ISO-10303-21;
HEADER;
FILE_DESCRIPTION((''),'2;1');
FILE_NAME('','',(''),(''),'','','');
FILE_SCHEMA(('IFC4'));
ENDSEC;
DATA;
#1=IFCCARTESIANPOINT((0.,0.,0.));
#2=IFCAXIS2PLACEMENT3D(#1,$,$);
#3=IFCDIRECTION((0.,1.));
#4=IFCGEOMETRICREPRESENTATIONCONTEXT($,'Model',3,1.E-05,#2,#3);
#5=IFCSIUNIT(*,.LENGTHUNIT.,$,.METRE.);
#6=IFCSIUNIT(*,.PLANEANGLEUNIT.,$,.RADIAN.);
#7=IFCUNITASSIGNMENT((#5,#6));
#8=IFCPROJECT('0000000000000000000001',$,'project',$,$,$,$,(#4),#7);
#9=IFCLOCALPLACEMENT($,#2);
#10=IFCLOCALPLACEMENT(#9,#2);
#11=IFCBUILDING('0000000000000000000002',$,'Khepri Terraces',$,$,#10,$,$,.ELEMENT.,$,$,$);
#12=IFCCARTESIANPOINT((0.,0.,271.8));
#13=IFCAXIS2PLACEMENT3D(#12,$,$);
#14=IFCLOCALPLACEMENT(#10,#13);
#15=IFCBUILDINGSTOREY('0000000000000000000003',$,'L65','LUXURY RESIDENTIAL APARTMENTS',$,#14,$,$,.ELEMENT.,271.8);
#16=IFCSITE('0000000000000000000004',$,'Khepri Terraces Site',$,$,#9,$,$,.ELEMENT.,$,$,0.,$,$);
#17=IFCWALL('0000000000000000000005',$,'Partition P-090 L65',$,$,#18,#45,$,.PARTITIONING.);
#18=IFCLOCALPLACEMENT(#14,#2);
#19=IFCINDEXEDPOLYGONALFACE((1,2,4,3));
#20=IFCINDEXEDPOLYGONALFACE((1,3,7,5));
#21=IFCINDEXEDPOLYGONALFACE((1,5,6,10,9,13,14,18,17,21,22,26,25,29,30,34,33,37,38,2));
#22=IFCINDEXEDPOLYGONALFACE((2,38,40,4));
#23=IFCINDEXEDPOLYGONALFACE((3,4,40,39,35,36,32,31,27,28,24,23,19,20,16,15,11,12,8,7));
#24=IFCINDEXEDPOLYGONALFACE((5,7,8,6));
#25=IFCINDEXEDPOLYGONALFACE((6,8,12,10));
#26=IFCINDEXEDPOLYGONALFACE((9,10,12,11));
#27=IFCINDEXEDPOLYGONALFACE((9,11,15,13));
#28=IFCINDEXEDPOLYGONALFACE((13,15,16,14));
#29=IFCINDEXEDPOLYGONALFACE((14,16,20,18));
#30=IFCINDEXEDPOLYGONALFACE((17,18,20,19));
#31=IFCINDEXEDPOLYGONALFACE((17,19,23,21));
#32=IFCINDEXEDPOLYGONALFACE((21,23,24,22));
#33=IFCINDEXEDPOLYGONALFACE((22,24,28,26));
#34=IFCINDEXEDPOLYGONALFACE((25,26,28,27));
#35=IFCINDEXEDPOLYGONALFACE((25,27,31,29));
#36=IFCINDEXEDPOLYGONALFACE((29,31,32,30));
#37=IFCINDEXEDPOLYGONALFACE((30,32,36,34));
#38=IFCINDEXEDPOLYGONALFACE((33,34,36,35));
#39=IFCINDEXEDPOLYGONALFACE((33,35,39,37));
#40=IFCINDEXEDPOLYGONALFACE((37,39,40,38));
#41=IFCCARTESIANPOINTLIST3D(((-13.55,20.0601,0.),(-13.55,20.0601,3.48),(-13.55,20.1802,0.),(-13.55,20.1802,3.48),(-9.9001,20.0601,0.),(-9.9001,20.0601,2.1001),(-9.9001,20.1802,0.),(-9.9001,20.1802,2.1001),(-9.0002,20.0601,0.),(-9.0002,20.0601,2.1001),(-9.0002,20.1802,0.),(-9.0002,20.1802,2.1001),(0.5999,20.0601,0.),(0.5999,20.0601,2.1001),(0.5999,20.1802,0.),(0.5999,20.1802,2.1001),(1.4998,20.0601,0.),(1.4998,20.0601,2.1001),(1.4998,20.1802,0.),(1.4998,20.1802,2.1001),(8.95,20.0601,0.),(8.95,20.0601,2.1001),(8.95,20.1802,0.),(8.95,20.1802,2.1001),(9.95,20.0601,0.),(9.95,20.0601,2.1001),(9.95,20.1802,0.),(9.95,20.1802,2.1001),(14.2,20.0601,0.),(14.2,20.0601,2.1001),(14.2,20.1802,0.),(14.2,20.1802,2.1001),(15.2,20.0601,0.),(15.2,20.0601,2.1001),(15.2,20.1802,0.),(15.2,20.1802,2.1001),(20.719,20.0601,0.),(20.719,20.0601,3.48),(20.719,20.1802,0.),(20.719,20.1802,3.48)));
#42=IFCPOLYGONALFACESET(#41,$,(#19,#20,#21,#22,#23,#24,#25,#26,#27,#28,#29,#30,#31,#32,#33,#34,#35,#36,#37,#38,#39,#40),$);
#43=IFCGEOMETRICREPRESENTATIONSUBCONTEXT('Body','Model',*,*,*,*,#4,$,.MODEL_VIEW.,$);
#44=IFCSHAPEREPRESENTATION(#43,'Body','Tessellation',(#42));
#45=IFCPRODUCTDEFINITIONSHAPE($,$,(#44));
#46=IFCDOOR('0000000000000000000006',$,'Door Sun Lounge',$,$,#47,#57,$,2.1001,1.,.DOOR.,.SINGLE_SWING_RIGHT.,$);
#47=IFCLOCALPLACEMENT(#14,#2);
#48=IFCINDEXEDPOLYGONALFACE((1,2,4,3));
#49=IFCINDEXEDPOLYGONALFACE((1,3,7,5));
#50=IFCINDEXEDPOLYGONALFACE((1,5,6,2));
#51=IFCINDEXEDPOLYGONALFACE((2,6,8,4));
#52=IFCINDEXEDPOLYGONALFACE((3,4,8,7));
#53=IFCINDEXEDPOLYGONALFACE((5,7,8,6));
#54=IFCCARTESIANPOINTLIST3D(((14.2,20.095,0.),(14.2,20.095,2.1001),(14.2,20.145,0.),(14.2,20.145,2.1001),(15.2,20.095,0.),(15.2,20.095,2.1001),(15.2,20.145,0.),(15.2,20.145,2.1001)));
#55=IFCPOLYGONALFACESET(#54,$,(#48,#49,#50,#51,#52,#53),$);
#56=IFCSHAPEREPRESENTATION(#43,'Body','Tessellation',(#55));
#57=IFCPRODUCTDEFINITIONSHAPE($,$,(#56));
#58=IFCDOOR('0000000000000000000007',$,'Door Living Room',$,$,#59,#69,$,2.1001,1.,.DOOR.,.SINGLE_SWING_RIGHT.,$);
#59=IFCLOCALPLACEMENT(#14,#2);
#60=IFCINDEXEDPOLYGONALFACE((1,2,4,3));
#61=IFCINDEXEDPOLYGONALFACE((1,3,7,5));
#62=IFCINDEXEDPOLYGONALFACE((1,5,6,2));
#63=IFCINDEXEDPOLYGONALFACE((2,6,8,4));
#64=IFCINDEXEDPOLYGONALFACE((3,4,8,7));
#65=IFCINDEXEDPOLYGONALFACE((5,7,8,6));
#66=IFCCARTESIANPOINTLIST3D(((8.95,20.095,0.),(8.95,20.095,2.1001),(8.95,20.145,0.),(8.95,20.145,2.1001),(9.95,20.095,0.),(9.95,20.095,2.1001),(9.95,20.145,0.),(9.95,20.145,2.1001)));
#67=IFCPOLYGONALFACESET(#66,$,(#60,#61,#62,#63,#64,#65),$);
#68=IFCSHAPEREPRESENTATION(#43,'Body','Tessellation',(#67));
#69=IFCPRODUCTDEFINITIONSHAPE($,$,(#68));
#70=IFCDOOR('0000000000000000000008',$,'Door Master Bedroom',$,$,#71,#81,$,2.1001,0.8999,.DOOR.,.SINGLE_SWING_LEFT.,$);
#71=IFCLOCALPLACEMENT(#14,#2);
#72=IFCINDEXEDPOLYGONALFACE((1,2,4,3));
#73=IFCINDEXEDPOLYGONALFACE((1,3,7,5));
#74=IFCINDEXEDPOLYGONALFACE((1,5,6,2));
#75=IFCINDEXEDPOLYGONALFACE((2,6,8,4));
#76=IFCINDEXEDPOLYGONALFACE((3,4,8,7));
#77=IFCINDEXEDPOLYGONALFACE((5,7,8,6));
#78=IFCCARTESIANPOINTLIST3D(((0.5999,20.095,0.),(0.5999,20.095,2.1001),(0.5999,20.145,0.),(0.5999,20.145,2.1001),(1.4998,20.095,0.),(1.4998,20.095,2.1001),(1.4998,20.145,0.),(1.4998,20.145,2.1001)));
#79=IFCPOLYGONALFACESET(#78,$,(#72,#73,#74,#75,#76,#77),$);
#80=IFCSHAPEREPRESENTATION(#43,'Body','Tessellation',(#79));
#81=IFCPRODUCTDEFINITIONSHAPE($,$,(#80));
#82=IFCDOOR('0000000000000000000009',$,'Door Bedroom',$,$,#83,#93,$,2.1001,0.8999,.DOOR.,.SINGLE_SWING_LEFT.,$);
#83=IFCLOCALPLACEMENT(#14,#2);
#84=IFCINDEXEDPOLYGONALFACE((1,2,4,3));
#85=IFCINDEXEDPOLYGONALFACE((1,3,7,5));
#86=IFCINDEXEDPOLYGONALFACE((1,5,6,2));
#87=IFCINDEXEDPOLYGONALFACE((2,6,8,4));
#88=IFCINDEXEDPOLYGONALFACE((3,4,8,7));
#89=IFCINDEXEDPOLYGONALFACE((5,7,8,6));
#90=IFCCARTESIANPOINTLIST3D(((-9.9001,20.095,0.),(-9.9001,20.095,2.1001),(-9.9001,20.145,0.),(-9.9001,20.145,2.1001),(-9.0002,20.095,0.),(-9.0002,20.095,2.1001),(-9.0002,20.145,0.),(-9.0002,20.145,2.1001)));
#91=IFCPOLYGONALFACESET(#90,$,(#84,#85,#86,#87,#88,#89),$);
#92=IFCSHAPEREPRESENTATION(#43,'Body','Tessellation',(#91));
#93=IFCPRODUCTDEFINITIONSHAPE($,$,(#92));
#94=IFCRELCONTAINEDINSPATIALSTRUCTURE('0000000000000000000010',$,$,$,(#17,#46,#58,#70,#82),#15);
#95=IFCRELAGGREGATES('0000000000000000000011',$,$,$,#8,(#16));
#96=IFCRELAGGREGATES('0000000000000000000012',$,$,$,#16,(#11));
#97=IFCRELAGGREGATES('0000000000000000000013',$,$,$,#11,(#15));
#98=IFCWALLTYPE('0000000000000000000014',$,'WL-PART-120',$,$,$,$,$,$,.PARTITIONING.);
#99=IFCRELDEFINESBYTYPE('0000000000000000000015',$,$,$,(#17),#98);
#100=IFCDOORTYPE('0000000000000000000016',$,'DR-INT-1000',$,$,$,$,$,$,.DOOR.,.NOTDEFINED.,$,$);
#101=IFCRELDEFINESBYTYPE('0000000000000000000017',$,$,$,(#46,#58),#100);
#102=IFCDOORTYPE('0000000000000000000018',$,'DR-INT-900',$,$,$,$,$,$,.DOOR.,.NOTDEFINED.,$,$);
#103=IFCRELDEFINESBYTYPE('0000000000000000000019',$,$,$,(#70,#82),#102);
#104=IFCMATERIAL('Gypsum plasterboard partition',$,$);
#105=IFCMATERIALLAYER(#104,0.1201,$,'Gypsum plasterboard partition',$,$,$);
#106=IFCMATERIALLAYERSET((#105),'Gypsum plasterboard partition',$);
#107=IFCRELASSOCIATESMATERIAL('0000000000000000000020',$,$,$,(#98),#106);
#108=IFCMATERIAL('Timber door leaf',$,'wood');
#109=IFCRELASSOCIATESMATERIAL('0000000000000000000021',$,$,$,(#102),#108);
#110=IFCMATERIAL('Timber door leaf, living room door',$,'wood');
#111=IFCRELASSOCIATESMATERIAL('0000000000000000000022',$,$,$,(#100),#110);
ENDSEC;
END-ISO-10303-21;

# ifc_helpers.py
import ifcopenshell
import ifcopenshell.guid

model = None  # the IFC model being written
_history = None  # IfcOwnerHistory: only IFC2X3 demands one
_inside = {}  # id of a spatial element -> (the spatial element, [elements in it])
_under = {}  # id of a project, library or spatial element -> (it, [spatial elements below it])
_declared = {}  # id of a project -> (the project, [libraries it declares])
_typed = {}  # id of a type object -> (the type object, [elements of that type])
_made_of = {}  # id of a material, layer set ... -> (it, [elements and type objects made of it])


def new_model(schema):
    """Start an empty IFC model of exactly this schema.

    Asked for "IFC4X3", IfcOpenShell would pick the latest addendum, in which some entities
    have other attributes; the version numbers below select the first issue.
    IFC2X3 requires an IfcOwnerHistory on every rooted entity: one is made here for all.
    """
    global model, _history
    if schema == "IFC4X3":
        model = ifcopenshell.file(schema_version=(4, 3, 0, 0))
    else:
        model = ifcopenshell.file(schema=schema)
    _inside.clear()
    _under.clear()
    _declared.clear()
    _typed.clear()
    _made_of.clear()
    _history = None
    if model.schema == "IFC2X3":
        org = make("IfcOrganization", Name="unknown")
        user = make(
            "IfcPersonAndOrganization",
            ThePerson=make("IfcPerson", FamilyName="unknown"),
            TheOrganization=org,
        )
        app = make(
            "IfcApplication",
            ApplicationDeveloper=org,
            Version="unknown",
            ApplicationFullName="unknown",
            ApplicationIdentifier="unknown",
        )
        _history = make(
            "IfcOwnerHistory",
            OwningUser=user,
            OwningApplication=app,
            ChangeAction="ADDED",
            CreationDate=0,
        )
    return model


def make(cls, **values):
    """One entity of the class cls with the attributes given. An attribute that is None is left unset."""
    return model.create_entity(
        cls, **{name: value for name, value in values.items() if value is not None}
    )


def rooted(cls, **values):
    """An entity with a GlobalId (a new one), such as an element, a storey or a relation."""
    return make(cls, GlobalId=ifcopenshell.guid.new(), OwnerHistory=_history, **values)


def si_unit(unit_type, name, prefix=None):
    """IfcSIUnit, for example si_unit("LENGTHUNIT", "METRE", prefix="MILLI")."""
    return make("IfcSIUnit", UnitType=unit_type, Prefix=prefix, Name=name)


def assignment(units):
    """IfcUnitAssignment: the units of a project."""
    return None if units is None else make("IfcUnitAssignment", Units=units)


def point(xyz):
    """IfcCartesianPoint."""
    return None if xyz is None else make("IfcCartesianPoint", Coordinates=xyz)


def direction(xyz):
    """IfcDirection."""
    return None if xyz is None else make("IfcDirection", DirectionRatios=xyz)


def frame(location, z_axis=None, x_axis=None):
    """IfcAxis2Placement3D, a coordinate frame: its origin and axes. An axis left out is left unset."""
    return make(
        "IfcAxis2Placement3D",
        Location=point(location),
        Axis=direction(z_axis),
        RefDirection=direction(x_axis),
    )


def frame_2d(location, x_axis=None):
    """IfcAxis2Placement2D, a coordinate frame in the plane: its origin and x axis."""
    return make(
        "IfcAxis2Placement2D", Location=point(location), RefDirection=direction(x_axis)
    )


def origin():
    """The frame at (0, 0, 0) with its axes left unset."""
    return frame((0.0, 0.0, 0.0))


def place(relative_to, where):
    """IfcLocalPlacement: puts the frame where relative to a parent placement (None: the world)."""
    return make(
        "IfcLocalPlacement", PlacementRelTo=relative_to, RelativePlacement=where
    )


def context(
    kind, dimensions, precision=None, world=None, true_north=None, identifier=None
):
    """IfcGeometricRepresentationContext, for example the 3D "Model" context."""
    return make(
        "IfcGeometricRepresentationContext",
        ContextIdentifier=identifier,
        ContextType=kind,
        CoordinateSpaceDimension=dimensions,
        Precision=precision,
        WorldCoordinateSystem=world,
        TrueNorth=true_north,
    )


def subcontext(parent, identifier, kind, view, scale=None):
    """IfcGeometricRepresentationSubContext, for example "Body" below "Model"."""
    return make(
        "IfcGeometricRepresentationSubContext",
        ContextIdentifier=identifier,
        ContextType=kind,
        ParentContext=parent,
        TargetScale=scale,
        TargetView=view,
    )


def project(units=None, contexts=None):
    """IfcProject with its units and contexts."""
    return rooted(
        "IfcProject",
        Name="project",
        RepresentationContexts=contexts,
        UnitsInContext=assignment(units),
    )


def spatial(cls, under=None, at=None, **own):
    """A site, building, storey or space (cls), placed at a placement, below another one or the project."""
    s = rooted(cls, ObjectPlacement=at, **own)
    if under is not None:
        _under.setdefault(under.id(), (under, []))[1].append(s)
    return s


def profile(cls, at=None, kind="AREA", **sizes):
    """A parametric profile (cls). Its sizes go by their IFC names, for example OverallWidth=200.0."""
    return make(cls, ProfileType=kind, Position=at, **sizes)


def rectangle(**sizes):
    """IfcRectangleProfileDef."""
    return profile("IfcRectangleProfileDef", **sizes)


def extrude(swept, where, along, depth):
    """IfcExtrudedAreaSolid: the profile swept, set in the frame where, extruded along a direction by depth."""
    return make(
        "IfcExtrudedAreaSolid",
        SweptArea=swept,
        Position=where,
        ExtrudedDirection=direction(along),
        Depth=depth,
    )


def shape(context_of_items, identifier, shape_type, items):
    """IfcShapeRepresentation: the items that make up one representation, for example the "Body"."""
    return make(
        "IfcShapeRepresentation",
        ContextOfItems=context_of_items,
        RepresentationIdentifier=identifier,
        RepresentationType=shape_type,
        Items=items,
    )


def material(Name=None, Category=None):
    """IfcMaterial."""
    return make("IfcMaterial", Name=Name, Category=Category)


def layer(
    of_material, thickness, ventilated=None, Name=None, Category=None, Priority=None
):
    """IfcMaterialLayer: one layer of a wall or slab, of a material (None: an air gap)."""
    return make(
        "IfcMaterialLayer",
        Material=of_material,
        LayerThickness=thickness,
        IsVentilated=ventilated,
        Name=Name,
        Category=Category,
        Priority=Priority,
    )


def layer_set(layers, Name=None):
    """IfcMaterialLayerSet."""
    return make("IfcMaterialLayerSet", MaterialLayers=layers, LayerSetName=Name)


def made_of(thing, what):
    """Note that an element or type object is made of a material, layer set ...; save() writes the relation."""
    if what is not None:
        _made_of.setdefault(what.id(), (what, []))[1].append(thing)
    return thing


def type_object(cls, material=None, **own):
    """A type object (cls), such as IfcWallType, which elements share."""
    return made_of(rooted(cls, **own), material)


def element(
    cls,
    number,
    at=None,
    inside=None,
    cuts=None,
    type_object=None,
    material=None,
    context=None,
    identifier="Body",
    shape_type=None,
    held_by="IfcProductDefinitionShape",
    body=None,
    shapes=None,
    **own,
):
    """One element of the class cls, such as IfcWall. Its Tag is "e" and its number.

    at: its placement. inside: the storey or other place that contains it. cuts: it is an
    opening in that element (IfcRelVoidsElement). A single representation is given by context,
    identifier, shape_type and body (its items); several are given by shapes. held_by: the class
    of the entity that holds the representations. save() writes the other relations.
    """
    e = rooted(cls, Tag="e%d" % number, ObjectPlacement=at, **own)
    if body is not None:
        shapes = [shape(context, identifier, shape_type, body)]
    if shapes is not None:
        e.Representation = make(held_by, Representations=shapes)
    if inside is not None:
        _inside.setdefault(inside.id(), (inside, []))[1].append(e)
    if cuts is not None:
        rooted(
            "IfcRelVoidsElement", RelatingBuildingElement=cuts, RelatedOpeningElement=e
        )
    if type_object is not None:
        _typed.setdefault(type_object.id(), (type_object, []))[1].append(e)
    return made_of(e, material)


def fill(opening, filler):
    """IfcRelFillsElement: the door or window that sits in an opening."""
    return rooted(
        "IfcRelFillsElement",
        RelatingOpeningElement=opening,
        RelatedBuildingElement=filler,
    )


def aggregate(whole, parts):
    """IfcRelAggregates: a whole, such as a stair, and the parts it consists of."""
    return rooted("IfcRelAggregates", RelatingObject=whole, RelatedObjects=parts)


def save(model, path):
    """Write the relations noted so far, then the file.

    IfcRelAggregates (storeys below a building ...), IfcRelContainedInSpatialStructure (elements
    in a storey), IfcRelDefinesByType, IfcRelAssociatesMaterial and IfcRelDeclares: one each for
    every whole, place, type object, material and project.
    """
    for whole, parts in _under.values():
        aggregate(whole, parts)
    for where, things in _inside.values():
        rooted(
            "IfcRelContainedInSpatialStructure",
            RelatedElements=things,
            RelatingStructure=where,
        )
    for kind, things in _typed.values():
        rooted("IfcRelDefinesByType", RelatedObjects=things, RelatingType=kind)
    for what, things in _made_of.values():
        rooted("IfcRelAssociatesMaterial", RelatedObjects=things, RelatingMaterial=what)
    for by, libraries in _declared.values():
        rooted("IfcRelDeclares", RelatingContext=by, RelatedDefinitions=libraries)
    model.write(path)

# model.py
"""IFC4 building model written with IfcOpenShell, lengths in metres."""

from ifc_helpers import new_model, si_unit, direction, frame, frame_2d, origin, place, context, subcontext, project, spatial, rectangle, extrude, material, layer, layer_set, type_object, element, fill, save


model = new_model("IFC4")

# Units and contexts
model_context = context("Model", 3, precision=1e-05, world=origin(), true_north=direction((0.0, 1.0)))
body_context = subcontext(model_context, "Body", "Model", "MODEL_VIEW")
ifc_project = project(units=[si_unit("LENGTHUNIT", "METRE"), si_unit("PLANEANGLEUNIT", "RADIAN")], contexts=[model_context])

# Site, building, storey
site_placement = place(None, origin())
site = spatial("IfcSite", under=ifc_project, at=site_placement, Name="Khepri Terraces Site", CompositionType="ELEMENT", RefElevation=0.0)
building_placement = place(site_placement, origin())
building = spatial("IfcBuilding", under=site, at=building_placement, Name="Khepri Terraces", CompositionType="ELEMENT")
storey_placement = place(building_placement, frame((0.0, 0.0, 271.8)))
storey = spatial("IfcBuildingStorey", under=building, at=storey_placement, Name="L65", Description="LUXURY RESIDENTIAL APARTMENTS", CompositionType="ELEMENT", Elevation=271.8)

# Shared definitions
ifc_material_1 = material(Name="Gypsum plasterboard partition")
ifc_layer_1 = layer(ifc_material_1, 0.1201, Name="Gypsum plasterboard partition")
ifc_layer_set_1 = layer_set([ifc_layer_1], Name="Gypsum plasterboard partition")
wall_type_1 = type_object("IfcWallType", Name="WL-PART-120", PredefinedType="PARTITIONING", material=ifc_layer_set_1)

# Wall, openings, doors
ifc_material_2 = material(Name="Timber door leaf", Category="wood")
door_type_1 = type_object("IfcDoorType", Name="DR-INT-900", OperationType="NOTDEFINED", PredefinedType="DOOR", material=ifc_material_2)
wall_1_placement = place(storey_placement, frame((-13.55, 20.1201, 0.0), z_axis=(0.0, 0.0, 1.0), x_axis=(1.0, 0.0, 0.0)))
wall_1 = element("IfcWall", 1, at=wall_1_placement, inside=storey, type_object=wall_type_1, Name="Partition P-090 L65", PredefinedType="PARTITIONING", context=body_context, shape_type="SweptSolid", body=[
    extrude(rectangle(XDim=34.269, YDim=0.1201, at=frame_2d((17.1345, 0.0))), origin(), (0.0, 0.0, 1.0), 3.48),
])
opening_1_placement = place(wall_1_placement, frame((27.75, 0.0, 0.0)))
opening_1 = element("IfcOpeningElement", 2, at=opening_1_placement, cuts=wall_1, PredefinedType="OPENING", context=body_context, shape_type="SweptSolid", body=[
    extrude(rectangle(XDim=1.0, YDim=2.1001, at=frame_2d((0.5, 1.05))), frame((0.0, 0.0701, 0.0), z_axis=(0.0, -1.0, 0.0), x_axis=(1.0, 0.0, 0.0)), (0.0, 0.0, 1.0), 0.1401),
])
opening_2_placement = place(wall_1_placement, frame((22.5, 0.0, 0.0)))
opening_2 = element("IfcOpeningElement", 3, at=opening_2_placement, cuts=wall_1, PredefinedType="OPENING", context=body_context, shape_type="SweptSolid", body=[
    extrude(rectangle(XDim=1.0, YDim=2.1001, at=frame_2d((0.5, 1.05))), frame((0.0, 0.0701, 0.0), z_axis=(0.0, -1.0, 0.0), x_axis=(1.0, 0.0, 0.0)), (0.0, 0.0, 1.0), 0.1401),
])
opening_3_placement = place(wall_1_placement, frame((14.1499, 0.0, 0.0)))
opening_3 = element("IfcOpeningElement", 4, at=opening_3_placement, cuts=wall_1, PredefinedType="OPENING", context=body_context, shape_type="SweptSolid", body=[
    extrude(rectangle(XDim=0.8999, YDim=2.1001, at=frame_2d((0.45, 1.05))), frame((0.0, 0.0701, 0.0), z_axis=(0.0, -1.0, 0.0), x_axis=(1.0, 0.0, 0.0)), (0.0, 0.0, 1.0), 0.1401),
])
opening_4_placement = place(wall_1_placement, frame((3.6499, 0.0, 0.0)))
opening_4 = element("IfcOpeningElement", 5, at=opening_4_placement, cuts=wall_1, PredefinedType="OPENING", context=body_context, shape_type="SweptSolid", body=[
    extrude(rectangle(XDim=0.8999, YDim=2.1001, at=frame_2d((0.45, 1.05))), frame((0.0, 0.0701, 0.0), z_axis=(0.0, -1.0, 0.0), x_axis=(1.0, 0.0, 0.0)), (0.0, 0.0, 1.0), 0.1401),
])
ifc_material_3 = material(Name="Timber door leaf, living room door", Category="wood")
door_type_2 = type_object("IfcDoorType", Name="DR-INT-1000", OperationType="NOTDEFINED", PredefinedType="DOOR", material=ifc_material_3)
door_1_placement = place(opening_1_placement, origin())
door_1 = element("IfcDoor", 6, at=door_1_placement, inside=storey, type_object=door_type_2, Name="Door Sun Lounge", OperationType="SINGLE_SWING_RIGHT", OverallHeight=2.1001, OverallWidth=1.0, PredefinedType="DOOR", context=body_context, shape_type="SweptSolid", body=[
    extrude(rectangle(XDim=1.0, YDim=2.1001, at=frame_2d((0.5, 1.05))), frame((0.0, 0.0249, 0.0), z_axis=(0.0, -1.0, 0.0), x_axis=(1.0, 0.0, 0.0)), (0.0, 0.0, 1.0), 0.05),
])
fill(opening_1, door_1)
door_2_placement = place(opening_2_placement, origin())
door_2 = element("IfcDoor", 7, at=door_2_placement, inside=storey, type_object=door_type_2, Name="Door Living Room", OperationType="SINGLE_SWING_RIGHT", OverallHeight=2.1001, OverallWidth=1.0, PredefinedType="DOOR", context=body_context, shape_type="SweptSolid", body=[
    extrude(rectangle(XDim=1.0, YDim=2.1001, at=frame_2d((0.5, 1.05))), frame((0.0, 0.0249, 0.0), z_axis=(0.0, -1.0, 0.0), x_axis=(1.0, 0.0, 0.0)), (0.0, 0.0, 1.0), 0.05),
])
fill(opening_2, door_2)
door_3_placement = place(opening_3_placement, origin())
door_3 = element("IfcDoor", 8, at=door_3_placement, inside=storey, type_object=door_type_1, Name="Door Master Bedroom", OperationType="SINGLE_SWING_LEFT", OverallHeight=2.1001, OverallWidth=0.8999, PredefinedType="DOOR", context=body_context, shape_type="SweptSolid", body=[
    extrude(rectangle(XDim=0.8999, YDim=2.1001, at=frame_2d((0.45, 1.05))), frame((0.0, 0.0249, 0.0), z_axis=(0.0, -1.0, 0.0), x_axis=(1.0, 0.0, 0.0)), (0.0, 0.0, 1.0), 0.05),
])
fill(opening_3, door_3)
door_4_placement = place(opening_4_placement, origin())
door_4 = element("IfcDoor", 9, at=door_4_placement, inside=storey, type_object=door_type_1, Name="Door Bedroom", OperationType="SINGLE_SWING_LEFT", OverallHeight=2.1001, OverallWidth=0.8999, PredefinedType="DOOR", context=body_context, shape_type="SweptSolid", body=[
    extrude(rectangle(XDim=0.8999, YDim=2.1001, at=frame_2d((0.45, 1.05))), frame((0.0, 0.0249, 0.0), z_axis=(0.0, -1.0, 0.0), x_axis=(1.0, 0.0, 0.0)), (0.0, 0.0, 1.0), 0.05),
])
fill(opening_4, door_4)

save(model, "model.ifc")
